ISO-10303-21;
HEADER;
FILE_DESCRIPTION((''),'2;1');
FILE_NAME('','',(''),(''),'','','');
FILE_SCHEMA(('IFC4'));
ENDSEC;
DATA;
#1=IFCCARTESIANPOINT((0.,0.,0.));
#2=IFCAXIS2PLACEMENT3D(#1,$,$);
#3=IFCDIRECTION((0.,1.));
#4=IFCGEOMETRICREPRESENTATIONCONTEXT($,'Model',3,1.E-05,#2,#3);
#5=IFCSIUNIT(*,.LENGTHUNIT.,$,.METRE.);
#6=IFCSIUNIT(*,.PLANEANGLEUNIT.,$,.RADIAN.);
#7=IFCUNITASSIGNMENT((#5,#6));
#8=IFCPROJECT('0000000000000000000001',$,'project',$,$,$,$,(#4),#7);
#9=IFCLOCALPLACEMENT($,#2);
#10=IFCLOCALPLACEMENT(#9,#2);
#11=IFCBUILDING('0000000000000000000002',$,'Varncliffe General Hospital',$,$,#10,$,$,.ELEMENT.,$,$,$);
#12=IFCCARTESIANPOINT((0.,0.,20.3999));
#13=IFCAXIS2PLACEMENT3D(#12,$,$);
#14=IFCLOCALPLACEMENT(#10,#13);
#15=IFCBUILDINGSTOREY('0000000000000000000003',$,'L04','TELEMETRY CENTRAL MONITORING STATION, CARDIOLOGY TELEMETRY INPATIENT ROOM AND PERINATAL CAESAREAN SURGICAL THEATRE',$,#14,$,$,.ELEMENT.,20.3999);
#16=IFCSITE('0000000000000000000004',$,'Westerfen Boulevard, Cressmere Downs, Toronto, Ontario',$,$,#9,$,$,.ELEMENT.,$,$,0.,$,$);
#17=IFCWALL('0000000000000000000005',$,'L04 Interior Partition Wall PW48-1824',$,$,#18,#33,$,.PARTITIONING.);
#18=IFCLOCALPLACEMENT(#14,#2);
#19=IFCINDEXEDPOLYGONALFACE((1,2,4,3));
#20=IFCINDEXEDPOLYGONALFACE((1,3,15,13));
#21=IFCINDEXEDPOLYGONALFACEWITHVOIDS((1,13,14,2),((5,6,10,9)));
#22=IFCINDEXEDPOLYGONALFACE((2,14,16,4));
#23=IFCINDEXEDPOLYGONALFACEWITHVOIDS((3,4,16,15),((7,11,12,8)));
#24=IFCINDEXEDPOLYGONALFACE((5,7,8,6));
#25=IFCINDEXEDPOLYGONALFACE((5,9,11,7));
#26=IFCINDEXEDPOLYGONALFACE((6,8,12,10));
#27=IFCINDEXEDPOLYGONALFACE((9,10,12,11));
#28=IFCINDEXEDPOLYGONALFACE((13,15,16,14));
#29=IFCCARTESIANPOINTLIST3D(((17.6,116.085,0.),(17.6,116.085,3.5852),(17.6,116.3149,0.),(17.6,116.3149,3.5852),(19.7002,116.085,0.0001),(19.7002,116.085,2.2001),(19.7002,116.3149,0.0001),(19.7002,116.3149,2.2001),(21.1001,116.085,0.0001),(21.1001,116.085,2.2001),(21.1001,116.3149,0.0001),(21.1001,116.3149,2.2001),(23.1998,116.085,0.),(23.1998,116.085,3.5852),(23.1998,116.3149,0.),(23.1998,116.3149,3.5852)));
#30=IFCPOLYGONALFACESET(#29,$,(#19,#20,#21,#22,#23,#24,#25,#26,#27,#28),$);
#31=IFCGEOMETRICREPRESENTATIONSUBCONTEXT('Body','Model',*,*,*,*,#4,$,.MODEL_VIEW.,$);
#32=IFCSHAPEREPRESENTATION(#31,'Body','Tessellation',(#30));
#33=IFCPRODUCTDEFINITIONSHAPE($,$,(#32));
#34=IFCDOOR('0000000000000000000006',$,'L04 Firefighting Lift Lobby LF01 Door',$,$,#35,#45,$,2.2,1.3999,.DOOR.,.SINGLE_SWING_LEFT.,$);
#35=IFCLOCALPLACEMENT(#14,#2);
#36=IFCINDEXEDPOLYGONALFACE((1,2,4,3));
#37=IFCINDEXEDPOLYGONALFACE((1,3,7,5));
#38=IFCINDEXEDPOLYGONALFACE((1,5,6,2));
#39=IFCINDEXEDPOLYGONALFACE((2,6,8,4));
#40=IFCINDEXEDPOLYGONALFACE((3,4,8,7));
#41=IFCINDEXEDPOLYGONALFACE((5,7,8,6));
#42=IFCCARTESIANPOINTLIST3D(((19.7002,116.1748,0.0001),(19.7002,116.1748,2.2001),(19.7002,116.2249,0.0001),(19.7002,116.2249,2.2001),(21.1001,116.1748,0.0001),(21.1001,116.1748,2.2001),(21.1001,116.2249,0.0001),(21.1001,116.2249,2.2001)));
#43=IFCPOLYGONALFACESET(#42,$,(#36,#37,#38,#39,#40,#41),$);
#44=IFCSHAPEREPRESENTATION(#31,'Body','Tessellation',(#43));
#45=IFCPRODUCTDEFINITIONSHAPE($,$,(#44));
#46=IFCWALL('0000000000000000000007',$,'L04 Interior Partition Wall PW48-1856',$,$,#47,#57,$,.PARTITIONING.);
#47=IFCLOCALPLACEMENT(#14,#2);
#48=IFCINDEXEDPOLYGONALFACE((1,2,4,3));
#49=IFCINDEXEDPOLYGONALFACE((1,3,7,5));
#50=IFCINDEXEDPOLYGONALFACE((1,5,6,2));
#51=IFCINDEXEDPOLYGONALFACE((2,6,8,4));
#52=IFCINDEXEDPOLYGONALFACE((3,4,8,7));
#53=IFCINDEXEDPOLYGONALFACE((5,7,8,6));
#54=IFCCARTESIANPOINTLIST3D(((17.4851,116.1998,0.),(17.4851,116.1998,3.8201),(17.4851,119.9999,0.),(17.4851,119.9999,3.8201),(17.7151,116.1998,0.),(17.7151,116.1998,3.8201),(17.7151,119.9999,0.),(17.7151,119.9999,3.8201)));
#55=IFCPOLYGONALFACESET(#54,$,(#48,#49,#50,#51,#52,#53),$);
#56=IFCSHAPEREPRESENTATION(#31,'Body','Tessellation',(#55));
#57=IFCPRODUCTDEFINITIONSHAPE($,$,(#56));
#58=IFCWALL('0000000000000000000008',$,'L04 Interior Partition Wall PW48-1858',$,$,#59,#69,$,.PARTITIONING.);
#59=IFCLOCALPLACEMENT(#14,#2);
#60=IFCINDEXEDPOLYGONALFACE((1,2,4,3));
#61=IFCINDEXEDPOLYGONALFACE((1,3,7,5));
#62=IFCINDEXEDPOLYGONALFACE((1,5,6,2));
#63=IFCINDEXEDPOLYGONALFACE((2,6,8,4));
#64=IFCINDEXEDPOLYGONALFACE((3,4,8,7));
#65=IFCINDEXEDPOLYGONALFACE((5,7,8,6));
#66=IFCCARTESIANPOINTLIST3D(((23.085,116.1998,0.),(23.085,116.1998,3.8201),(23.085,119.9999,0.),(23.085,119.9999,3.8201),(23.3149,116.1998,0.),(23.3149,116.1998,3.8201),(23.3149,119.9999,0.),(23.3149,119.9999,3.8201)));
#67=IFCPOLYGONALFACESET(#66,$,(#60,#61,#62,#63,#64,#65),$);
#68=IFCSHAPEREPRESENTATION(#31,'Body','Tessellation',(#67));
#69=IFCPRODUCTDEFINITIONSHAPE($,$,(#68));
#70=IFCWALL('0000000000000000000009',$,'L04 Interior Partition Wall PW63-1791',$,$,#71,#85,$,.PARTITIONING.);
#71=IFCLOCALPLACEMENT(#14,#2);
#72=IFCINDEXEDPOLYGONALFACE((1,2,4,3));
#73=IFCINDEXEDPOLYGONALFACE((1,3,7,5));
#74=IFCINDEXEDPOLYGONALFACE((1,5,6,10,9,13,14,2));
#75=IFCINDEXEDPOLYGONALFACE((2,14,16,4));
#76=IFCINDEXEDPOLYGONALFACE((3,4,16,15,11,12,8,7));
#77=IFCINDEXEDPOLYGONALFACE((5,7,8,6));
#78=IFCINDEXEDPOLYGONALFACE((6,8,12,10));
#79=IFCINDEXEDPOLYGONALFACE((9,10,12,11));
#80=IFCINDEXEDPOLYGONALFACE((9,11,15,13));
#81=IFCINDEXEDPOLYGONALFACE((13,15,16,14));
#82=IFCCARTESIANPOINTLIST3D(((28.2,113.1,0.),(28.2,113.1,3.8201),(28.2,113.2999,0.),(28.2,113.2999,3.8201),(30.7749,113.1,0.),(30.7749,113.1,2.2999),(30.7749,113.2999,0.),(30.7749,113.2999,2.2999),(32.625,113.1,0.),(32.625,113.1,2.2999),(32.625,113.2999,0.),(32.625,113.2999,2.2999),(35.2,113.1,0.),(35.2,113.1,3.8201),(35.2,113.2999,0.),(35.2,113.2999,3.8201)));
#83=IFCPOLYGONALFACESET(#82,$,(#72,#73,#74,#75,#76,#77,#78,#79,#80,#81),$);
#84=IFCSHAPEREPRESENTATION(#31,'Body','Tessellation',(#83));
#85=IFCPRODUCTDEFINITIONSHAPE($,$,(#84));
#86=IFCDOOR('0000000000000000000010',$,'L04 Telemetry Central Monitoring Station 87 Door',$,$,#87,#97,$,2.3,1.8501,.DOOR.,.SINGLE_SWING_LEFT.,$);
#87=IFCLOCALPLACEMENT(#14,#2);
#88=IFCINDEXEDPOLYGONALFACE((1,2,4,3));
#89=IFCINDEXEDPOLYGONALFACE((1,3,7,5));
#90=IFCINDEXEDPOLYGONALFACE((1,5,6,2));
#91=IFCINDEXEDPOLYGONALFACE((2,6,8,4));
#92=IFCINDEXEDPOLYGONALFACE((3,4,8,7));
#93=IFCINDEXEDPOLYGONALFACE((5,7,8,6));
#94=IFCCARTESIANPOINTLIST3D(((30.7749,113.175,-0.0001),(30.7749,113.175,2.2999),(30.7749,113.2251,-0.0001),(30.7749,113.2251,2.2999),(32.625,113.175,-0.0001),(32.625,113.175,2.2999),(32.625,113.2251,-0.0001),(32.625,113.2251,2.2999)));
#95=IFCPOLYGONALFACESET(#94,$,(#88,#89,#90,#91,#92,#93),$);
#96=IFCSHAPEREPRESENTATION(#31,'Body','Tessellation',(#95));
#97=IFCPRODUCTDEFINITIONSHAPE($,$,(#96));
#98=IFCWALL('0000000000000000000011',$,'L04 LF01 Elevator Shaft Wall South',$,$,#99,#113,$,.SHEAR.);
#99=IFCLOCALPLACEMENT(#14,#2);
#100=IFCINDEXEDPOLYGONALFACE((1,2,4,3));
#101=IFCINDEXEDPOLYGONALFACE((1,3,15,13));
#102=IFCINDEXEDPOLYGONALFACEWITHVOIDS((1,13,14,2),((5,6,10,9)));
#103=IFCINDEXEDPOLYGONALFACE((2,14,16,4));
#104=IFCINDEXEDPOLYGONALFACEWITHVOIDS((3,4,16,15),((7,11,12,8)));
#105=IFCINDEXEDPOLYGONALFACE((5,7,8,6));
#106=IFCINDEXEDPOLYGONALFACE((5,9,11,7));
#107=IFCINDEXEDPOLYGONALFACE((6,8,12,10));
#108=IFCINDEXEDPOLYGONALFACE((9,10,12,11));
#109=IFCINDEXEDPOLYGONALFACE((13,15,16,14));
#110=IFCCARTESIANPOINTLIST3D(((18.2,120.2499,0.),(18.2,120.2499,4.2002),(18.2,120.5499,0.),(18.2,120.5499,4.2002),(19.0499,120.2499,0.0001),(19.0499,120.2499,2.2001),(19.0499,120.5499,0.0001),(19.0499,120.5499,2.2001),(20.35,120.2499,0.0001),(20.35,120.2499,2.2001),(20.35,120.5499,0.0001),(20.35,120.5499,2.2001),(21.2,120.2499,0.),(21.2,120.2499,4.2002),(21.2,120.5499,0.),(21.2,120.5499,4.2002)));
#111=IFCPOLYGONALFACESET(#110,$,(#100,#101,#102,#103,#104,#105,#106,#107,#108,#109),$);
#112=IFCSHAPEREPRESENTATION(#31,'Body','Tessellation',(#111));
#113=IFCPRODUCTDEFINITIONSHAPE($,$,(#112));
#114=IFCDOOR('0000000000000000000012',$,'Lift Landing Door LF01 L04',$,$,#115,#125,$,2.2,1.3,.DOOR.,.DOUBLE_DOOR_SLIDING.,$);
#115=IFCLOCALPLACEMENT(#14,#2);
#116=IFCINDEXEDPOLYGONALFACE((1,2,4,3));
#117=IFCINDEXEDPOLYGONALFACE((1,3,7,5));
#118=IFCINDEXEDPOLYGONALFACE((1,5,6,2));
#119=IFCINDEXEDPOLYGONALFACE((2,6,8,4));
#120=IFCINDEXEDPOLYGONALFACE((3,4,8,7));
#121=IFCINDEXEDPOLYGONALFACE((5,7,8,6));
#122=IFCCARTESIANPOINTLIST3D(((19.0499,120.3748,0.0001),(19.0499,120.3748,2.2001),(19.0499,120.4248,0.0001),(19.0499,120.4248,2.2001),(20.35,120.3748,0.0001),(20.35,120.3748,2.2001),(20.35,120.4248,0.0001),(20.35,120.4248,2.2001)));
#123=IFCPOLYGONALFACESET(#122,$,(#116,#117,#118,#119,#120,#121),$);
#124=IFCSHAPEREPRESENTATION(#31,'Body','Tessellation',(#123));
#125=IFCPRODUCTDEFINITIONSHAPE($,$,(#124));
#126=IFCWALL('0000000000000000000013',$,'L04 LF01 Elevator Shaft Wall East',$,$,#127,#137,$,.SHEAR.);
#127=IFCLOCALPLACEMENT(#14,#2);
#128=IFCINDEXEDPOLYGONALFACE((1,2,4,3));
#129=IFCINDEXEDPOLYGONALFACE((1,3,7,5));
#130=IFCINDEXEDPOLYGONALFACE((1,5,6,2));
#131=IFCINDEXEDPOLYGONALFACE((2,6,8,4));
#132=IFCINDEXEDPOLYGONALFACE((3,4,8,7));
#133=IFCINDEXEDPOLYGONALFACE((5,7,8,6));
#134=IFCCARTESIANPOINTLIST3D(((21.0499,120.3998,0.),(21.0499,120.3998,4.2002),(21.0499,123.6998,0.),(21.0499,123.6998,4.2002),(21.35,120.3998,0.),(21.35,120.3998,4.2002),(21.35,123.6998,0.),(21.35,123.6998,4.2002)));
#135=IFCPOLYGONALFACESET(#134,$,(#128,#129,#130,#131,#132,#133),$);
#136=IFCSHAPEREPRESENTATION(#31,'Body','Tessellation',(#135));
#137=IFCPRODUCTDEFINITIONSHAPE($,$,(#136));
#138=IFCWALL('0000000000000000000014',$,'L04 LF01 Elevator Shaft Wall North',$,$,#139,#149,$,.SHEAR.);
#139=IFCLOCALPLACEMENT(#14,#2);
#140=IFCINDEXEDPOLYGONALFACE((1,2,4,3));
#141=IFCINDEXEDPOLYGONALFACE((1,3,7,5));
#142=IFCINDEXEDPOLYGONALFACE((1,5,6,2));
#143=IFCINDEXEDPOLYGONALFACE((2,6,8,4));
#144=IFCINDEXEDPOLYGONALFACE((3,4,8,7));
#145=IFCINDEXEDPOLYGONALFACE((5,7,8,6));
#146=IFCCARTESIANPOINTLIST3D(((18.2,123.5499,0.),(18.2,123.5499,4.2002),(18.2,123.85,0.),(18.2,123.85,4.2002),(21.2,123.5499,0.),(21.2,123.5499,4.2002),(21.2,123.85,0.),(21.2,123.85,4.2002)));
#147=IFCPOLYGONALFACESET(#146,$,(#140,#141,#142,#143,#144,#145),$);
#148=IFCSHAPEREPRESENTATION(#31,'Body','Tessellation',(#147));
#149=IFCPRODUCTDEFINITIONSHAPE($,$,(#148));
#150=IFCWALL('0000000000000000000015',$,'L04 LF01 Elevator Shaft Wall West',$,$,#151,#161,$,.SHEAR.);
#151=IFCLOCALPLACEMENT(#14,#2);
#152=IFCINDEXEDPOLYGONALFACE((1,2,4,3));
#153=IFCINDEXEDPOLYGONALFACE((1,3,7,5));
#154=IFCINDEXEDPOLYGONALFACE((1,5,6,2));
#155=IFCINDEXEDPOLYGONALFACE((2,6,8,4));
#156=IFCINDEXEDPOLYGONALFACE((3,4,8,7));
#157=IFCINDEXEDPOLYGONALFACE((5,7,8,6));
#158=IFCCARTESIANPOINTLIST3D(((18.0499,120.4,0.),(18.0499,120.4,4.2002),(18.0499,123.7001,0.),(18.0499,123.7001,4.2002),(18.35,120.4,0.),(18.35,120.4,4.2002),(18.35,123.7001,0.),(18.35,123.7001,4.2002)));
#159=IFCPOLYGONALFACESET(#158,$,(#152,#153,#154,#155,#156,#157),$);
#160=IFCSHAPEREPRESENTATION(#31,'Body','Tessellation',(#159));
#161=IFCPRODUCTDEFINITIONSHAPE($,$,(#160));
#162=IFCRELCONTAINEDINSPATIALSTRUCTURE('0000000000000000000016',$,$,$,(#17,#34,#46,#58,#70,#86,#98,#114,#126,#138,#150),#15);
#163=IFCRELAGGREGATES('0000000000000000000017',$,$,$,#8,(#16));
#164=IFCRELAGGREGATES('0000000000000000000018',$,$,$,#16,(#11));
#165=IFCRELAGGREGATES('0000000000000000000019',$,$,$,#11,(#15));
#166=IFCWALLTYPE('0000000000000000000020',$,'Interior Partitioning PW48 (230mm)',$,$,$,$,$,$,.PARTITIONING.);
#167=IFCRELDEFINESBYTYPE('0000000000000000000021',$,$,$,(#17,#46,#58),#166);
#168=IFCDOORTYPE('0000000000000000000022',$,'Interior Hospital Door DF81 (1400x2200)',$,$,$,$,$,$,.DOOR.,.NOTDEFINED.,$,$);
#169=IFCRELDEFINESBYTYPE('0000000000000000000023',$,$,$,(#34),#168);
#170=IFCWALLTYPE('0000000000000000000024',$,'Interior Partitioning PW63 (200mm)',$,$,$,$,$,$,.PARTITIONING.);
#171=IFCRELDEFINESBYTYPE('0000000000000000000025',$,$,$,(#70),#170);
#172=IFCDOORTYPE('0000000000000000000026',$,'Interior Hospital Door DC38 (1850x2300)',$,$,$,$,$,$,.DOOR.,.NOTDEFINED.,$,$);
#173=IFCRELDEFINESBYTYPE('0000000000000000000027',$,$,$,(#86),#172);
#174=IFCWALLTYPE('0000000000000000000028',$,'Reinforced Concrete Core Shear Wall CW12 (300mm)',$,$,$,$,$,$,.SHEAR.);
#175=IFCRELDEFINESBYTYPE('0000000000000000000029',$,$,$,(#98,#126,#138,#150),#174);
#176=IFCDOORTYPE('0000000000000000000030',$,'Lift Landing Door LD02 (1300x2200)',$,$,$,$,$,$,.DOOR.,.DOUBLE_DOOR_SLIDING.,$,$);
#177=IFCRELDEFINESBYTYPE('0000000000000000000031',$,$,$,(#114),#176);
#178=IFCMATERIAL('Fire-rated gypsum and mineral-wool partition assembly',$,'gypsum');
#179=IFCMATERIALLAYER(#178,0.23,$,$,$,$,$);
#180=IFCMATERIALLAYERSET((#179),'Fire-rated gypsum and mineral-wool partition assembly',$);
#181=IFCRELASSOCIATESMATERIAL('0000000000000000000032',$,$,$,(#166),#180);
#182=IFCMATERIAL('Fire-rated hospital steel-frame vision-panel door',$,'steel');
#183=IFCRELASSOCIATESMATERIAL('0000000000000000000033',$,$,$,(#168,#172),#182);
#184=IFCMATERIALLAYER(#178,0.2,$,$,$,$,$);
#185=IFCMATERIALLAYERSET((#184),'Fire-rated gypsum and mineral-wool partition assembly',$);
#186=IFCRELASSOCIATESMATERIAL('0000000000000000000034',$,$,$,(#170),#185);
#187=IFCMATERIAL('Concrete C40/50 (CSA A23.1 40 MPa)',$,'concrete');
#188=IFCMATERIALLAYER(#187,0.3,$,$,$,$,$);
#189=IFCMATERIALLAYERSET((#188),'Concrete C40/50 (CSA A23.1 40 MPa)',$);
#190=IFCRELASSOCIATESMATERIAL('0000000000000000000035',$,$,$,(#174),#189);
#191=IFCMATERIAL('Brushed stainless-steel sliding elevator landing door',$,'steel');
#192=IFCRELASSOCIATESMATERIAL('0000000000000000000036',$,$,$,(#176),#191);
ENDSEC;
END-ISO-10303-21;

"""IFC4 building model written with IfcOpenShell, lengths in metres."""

from ifc_helpers import new_model, si_unit, direction, frame, frame_2d, origin, place, context, subcontext, project, spatial, rectangle, extrude, material, layer, layer_set, type_object, element, fill, save


model = new_model("IFC4")

# Units and contexts
model_context = context("Model", 3, precision=1e-05, world=origin(), true_north=direction((0.0, 1.0)))
body_context = subcontext(model_context, "Body", "Model", "MODEL_VIEW")
ifc_project = project(units=[si_unit("LENGTHUNIT", "METRE"), si_unit("PLANEANGLEUNIT", "RADIAN")], contexts=[model_context])

# Site, building, storey
site_placement = place(None, origin())
site = spatial("IfcSite", under=ifc_project, at=site_placement, Name="Westerfen Boulevard, Cressmere Downs, Toronto, Ontario", CompositionType="ELEMENT", RefElevation=0.0)
building_placement = place(site_placement, origin())
building = spatial("IfcBuilding", under=site, at=building_placement, Name="Varncliffe General Hospital", CompositionType="ELEMENT")
storey_placement = place(building_placement, frame((0.0, 0.0, 20.3999)))
storey = spatial("IfcBuildingStorey", under=building, at=storey_placement, Name="L04", Description="TELEMETRY CENTRAL MONITORING STATION, CARDIOLOGY TELEMETRY INPATIENT ROOM AND PERINATAL CAESAREAN SURGICAL THEATRE", CompositionType="ELEMENT", Elevation=20.3999)

# Shared definitions
ifc_material_1 = material(Name="Concrete C40/50 (CSA A23.1 40 MPa)", Category="concrete")

# Shared definitions
ifc_material_2 = material(Name="Fire-rated gypsum and mineral-wool partition assembly", Category="gypsum")

# Wall, opening, door
ifc_layer_1 = layer(ifc_material_2, 0.23)
ifc_layer_set_1 = layer_set([ifc_layer_1], Name="Fire-rated gypsum and mineral-wool partition assembly")
wall_type_1 = type_object("IfcWallType", Name="Interior Partitioning PW48 (230mm)", PredefinedType="PARTITIONING", material=ifc_layer_set_1)
wall_1_placement = place(storey_placement, frame((17.6001, 116.2, 0.0), z_axis=(0.0, 0.0, 1.0), x_axis=(1.0, 0.0, 0.0)))
wall_1 = element("IfcWall", 1, at=wall_1_placement, inside=storey, type_object=wall_type_1, Name="L04 Interior Partition Wall PW48-1824", PredefinedType="PARTITIONING", context=body_context, shape_type="SweptSolid", body=[
    extrude(rectangle(XDim=5.5999, YDim=0.23, at=frame_2d((2.7998, 0.0))), origin(), (0.0, 0.0, 1.0), 3.5852),
])
opening_1_placement = place(wall_1_placement, frame((2.1001, 0.0, 0.0)))
opening_1 = element("IfcOpeningElement", 2, at=opening_1_placement, cuts=wall_1, PredefinedType="OPENING", context=body_context, shape_type="SweptSolid", body=[
    extrude(rectangle(XDim=1.3999, YDim=2.2, at=frame_2d((0.7, 1.1001))), frame((0.0, 0.125, 0.0), z_axis=(0.0, -1.0, 0.0), x_axis=(1.0, 0.0, 0.0)), (0.0, 0.0, 1.0), 0.25),
])
ifc_material_3 = material(Name="Fire-rated hospital steel-frame vision-panel door", Category="steel")
door_type_1 = type_object("IfcDoorType", Name="Interior Hospital Door DF81 (1400x2200)", OperationType="NOTDEFINED", PredefinedType="DOOR", material=ifc_material_3)
door_1_placement = place(opening_1_placement, origin())
door_1 = element("IfcDoor", 3, at=door_1_placement, inside=storey, type_object=door_type_1, Name="L04 Firefighting Lift Lobby LF01 Door", OperationType="SINGLE_SWING_LEFT", OverallHeight=2.2, OverallWidth=1.3999, PredefinedType="DOOR", context=body_context, shape_type="SweptSolid", body=[
    extrude(rectangle(XDim=1.3999, YDim=2.2, at=frame_2d((0.7, 1.1001))), frame((0.0, 0.0249, 0.0), z_axis=(0.0, -1.0, 0.0), x_axis=(1.0, 0.0, 0.0)), (0.0, 0.0, 1.0), 0.05),
])
fill(opening_1, door_1)

# Walls
for number, where, z_axis, x_axis, name in (
    (4, (17.6001, 116.2, 0.0), (0.0, 0.0, 1.0), (0.0, 1.0, 0.0), "L04 Interior Partition Wall PW48-1856"),
    (5, (23.2, 116.2, 0.0), (0.0, 0.0, 1.0), (0.0, 1.0, 0.0), "L04 Interior Partition Wall PW48-1858"),
):
    element("IfcWall", number, at=place(storey_placement, frame(where, z_axis=z_axis, x_axis=x_axis)), inside=storey, type_object=wall_type_1, Name=name, PredefinedType="PARTITIONING", context=body_context, shape_type="SweptSolid", body=[
        extrude(rectangle(XDim=3.8, YDim=0.23, at=frame_2d((1.8999, 0.0))), origin(), (0.0, 0.0, 1.0), 3.8201),
    ])

# Walls, openings, doors
ifc_layer_2 = layer(ifc_material_2, 0.2)
ifc_layer_set_2 = layer_set([ifc_layer_2], Name="Fire-rated gypsum and mineral-wool partition assembly")
wall_type_2 = type_object("IfcWallType", Name="Interior Partitioning PW63 (200mm)", PredefinedType="PARTITIONING", material=ifc_layer_set_2)
wall_2_placement = place(storey_placement, frame((28.2, 113.2, 0.0), z_axis=(0.0, 0.0, 1.0), x_axis=(1.0, 0.0, 0.0)))
wall_2 = element("IfcWall", 6, at=wall_2_placement, inside=storey, type_object=wall_type_2, Name="L04 Interior Partition Wall PW63-1791", PredefinedType="PARTITIONING", context=body_context, shape_type="SweptSolid", body=[
    extrude(rectangle(XDim=7.0, YDim=0.2, at=frame_2d((3.5, 0.0))), origin(), (0.0, 0.0, 1.0), 3.8201),
])
opening_2_placement = place(wall_2_placement, frame((2.575, 0.0, 0.0)))
opening_2 = element("IfcOpeningElement", 7, at=opening_2_placement, cuts=wall_2, PredefinedType="OPENING", context=body_context, shape_type="SweptSolid", body=[
    extrude(rectangle(XDim=1.8501, YDim=2.3, at=frame_2d((0.925, 1.1499))), frame((0.0, 0.1099, 0.0), z_axis=(0.0, -1.0, 0.0), x_axis=(1.0, 0.0, 0.0)), (0.0, 0.0, 1.0), 0.22),
])
door_type_2 = type_object("IfcDoorType", Name="Interior Hospital Door DC38 (1850x2300)", OperationType="NOTDEFINED", PredefinedType="DOOR", material=ifc_material_3)
door_2_placement = place(opening_2_placement, frame((1.8501, 0.0, 0.0), z_axis=(0.0, 0.0, 1.0), x_axis=(-1.0, 0.0, 0.0)))
door_2 = element("IfcDoor", 8, at=door_2_placement, inside=storey, type_object=door_type_2, Name="L04 Telemetry Central Monitoring Station 87 Door", OperationType="SINGLE_SWING_LEFT", OverallHeight=2.3, OverallWidth=1.8501, PredefinedType="DOOR", context=body_context, shape_type="SweptSolid", body=[
    extrude(rectangle(XDim=1.8501, YDim=2.3, at=frame_2d((0.925, 1.1499))), frame((0.0, 0.0249, 0.0), z_axis=(0.0, -1.0, 0.0), x_axis=(1.0, 0.0, 0.0)), (0.0, 0.0, 1.0), 0.05),
])
fill(opening_2, door_2)
ifc_layer_3 = layer(ifc_material_1, 0.3)
ifc_layer_set_3 = layer_set([ifc_layer_3], Name="Concrete C40/50 (CSA A23.1 40 MPa)")
wall_type_3 = type_object("IfcWallType", Name="Reinforced Concrete Core Shear Wall CW12 (300mm)", PredefinedType="SHEAR", material=ifc_layer_set_3)
wall_3_placement = place(storey_placement, frame((18.2, 120.3999, 0.0), z_axis=(0.0, 0.0, 1.0), x_axis=(1.0, 0.0, 0.0)))
wall_3 = element("IfcWall", 9, at=wall_3_placement, inside=storey, type_object=wall_type_3, Name="L04 LF01 Elevator Shaft Wall South", PredefinedType="SHEAR", context=body_context, shape_type="SweptSolid", body=[
    extrude(rectangle(XDim=3.0, YDim=0.3, at=frame_2d((1.5, 0.0))), origin(), (0.0, 0.0, 1.0), 4.2002),
])
opening_3_placement = place(wall_3_placement, frame((0.8501, 0.0, 0.0)))
opening_3 = element("IfcOpeningElement", 10, at=opening_3_placement, cuts=wall_3, PredefinedType="OPENING", context=body_context, shape_type="SweptSolid", body=[
    extrude(rectangle(XDim=1.3, YDim=2.2, at=frame_2d((0.6499, 1.1001))), frame((0.0, 0.1602, 0.0), z_axis=(0.0, -1.0, 0.0), x_axis=(1.0, 0.0, 0.0)), (0.0, 0.0, 1.0), 0.3201),
])
ifc_material_4 = material(Name="Brushed stainless-steel sliding elevator landing door", Category="steel")
door_type_3 = type_object("IfcDoorType", Name="Lift Landing Door LD02 (1300x2200)", OperationType="DOUBLE_DOOR_SLIDING", PredefinedType="DOOR", material=ifc_material_4)
door_3_placement = place(opening_3_placement, origin())
door_3 = element("IfcDoor", 11, at=door_3_placement, inside=storey, type_object=door_type_3, Name="Lift Landing Door LF01 L04", OperationType="DOUBLE_DOOR_SLIDING", OverallHeight=2.2, OverallWidth=1.3, PredefinedType="DOOR", context=body_context, shape_type="SweptSolid", body=[
    extrude(rectangle(XDim=1.3, YDim=2.2, at=frame_2d((0.6499, 1.1001))), frame((0.0, 0.0249, 0.0), z_axis=(0.0, -1.0, 0.0), x_axis=(1.0, 0.0, 0.0)), (0.0, 0.0, 1.0), 0.05),
])
fill(opening_3, door_3)

# Walls
wall_4_placement = place(storey_placement, frame((21.2, 120.3999, 0.0), z_axis=(0.0, 0.0, 1.0), x_axis=(0.0, 1.0, 0.0)))
element("IfcWall", 12, at=wall_4_placement, inside=storey, type_object=wall_type_3, Name="L04 LF01 Elevator Shaft Wall East", PredefinedType="SHEAR", context=body_context, shape_type="SweptSolid", body=[
    extrude(rectangle(XDim=3.3, YDim=0.3, at=frame_2d((1.6499, 0.0))), origin(), (0.0, 0.0, 1.0), 4.2002),
])
wall_5_placement = place(storey_placement, frame((21.2, 123.7, 0.0), z_axis=(0.0, 0.0, 1.0), x_axis=(-1.0, 0.0, 0.0)))
element("IfcWall", 13, at=wall_5_placement, inside=storey, type_object=wall_type_3, Name="L04 LF01 Elevator Shaft Wall North", PredefinedType="SHEAR", context=body_context, shape_type="SweptSolid", body=[
    extrude(rectangle(XDim=3.0, YDim=0.3, at=frame_2d((1.5, 0.0))), origin(), (0.0, 0.0, 1.0), 4.2002),
])
wall_6_placement = place(storey_placement, frame((18.2, 123.7, 0.0), z_axis=(0.0, 0.0, 1.0), x_axis=(0.0, -1.0, 0.0)))
element("IfcWall", 14, at=wall_6_placement, inside=storey, type_object=wall_type_3, Name="L04 LF01 Elevator Shaft Wall West", PredefinedType="SHEAR", context=body_context, shape_type="SweptSolid", body=[
    extrude(rectangle(XDim=3.3, YDim=0.3, at=frame_2d((1.6499, 0.0))), origin(), (0.0, 0.0, 1.0), 4.2002),
])

save(model, "model.ifc")
